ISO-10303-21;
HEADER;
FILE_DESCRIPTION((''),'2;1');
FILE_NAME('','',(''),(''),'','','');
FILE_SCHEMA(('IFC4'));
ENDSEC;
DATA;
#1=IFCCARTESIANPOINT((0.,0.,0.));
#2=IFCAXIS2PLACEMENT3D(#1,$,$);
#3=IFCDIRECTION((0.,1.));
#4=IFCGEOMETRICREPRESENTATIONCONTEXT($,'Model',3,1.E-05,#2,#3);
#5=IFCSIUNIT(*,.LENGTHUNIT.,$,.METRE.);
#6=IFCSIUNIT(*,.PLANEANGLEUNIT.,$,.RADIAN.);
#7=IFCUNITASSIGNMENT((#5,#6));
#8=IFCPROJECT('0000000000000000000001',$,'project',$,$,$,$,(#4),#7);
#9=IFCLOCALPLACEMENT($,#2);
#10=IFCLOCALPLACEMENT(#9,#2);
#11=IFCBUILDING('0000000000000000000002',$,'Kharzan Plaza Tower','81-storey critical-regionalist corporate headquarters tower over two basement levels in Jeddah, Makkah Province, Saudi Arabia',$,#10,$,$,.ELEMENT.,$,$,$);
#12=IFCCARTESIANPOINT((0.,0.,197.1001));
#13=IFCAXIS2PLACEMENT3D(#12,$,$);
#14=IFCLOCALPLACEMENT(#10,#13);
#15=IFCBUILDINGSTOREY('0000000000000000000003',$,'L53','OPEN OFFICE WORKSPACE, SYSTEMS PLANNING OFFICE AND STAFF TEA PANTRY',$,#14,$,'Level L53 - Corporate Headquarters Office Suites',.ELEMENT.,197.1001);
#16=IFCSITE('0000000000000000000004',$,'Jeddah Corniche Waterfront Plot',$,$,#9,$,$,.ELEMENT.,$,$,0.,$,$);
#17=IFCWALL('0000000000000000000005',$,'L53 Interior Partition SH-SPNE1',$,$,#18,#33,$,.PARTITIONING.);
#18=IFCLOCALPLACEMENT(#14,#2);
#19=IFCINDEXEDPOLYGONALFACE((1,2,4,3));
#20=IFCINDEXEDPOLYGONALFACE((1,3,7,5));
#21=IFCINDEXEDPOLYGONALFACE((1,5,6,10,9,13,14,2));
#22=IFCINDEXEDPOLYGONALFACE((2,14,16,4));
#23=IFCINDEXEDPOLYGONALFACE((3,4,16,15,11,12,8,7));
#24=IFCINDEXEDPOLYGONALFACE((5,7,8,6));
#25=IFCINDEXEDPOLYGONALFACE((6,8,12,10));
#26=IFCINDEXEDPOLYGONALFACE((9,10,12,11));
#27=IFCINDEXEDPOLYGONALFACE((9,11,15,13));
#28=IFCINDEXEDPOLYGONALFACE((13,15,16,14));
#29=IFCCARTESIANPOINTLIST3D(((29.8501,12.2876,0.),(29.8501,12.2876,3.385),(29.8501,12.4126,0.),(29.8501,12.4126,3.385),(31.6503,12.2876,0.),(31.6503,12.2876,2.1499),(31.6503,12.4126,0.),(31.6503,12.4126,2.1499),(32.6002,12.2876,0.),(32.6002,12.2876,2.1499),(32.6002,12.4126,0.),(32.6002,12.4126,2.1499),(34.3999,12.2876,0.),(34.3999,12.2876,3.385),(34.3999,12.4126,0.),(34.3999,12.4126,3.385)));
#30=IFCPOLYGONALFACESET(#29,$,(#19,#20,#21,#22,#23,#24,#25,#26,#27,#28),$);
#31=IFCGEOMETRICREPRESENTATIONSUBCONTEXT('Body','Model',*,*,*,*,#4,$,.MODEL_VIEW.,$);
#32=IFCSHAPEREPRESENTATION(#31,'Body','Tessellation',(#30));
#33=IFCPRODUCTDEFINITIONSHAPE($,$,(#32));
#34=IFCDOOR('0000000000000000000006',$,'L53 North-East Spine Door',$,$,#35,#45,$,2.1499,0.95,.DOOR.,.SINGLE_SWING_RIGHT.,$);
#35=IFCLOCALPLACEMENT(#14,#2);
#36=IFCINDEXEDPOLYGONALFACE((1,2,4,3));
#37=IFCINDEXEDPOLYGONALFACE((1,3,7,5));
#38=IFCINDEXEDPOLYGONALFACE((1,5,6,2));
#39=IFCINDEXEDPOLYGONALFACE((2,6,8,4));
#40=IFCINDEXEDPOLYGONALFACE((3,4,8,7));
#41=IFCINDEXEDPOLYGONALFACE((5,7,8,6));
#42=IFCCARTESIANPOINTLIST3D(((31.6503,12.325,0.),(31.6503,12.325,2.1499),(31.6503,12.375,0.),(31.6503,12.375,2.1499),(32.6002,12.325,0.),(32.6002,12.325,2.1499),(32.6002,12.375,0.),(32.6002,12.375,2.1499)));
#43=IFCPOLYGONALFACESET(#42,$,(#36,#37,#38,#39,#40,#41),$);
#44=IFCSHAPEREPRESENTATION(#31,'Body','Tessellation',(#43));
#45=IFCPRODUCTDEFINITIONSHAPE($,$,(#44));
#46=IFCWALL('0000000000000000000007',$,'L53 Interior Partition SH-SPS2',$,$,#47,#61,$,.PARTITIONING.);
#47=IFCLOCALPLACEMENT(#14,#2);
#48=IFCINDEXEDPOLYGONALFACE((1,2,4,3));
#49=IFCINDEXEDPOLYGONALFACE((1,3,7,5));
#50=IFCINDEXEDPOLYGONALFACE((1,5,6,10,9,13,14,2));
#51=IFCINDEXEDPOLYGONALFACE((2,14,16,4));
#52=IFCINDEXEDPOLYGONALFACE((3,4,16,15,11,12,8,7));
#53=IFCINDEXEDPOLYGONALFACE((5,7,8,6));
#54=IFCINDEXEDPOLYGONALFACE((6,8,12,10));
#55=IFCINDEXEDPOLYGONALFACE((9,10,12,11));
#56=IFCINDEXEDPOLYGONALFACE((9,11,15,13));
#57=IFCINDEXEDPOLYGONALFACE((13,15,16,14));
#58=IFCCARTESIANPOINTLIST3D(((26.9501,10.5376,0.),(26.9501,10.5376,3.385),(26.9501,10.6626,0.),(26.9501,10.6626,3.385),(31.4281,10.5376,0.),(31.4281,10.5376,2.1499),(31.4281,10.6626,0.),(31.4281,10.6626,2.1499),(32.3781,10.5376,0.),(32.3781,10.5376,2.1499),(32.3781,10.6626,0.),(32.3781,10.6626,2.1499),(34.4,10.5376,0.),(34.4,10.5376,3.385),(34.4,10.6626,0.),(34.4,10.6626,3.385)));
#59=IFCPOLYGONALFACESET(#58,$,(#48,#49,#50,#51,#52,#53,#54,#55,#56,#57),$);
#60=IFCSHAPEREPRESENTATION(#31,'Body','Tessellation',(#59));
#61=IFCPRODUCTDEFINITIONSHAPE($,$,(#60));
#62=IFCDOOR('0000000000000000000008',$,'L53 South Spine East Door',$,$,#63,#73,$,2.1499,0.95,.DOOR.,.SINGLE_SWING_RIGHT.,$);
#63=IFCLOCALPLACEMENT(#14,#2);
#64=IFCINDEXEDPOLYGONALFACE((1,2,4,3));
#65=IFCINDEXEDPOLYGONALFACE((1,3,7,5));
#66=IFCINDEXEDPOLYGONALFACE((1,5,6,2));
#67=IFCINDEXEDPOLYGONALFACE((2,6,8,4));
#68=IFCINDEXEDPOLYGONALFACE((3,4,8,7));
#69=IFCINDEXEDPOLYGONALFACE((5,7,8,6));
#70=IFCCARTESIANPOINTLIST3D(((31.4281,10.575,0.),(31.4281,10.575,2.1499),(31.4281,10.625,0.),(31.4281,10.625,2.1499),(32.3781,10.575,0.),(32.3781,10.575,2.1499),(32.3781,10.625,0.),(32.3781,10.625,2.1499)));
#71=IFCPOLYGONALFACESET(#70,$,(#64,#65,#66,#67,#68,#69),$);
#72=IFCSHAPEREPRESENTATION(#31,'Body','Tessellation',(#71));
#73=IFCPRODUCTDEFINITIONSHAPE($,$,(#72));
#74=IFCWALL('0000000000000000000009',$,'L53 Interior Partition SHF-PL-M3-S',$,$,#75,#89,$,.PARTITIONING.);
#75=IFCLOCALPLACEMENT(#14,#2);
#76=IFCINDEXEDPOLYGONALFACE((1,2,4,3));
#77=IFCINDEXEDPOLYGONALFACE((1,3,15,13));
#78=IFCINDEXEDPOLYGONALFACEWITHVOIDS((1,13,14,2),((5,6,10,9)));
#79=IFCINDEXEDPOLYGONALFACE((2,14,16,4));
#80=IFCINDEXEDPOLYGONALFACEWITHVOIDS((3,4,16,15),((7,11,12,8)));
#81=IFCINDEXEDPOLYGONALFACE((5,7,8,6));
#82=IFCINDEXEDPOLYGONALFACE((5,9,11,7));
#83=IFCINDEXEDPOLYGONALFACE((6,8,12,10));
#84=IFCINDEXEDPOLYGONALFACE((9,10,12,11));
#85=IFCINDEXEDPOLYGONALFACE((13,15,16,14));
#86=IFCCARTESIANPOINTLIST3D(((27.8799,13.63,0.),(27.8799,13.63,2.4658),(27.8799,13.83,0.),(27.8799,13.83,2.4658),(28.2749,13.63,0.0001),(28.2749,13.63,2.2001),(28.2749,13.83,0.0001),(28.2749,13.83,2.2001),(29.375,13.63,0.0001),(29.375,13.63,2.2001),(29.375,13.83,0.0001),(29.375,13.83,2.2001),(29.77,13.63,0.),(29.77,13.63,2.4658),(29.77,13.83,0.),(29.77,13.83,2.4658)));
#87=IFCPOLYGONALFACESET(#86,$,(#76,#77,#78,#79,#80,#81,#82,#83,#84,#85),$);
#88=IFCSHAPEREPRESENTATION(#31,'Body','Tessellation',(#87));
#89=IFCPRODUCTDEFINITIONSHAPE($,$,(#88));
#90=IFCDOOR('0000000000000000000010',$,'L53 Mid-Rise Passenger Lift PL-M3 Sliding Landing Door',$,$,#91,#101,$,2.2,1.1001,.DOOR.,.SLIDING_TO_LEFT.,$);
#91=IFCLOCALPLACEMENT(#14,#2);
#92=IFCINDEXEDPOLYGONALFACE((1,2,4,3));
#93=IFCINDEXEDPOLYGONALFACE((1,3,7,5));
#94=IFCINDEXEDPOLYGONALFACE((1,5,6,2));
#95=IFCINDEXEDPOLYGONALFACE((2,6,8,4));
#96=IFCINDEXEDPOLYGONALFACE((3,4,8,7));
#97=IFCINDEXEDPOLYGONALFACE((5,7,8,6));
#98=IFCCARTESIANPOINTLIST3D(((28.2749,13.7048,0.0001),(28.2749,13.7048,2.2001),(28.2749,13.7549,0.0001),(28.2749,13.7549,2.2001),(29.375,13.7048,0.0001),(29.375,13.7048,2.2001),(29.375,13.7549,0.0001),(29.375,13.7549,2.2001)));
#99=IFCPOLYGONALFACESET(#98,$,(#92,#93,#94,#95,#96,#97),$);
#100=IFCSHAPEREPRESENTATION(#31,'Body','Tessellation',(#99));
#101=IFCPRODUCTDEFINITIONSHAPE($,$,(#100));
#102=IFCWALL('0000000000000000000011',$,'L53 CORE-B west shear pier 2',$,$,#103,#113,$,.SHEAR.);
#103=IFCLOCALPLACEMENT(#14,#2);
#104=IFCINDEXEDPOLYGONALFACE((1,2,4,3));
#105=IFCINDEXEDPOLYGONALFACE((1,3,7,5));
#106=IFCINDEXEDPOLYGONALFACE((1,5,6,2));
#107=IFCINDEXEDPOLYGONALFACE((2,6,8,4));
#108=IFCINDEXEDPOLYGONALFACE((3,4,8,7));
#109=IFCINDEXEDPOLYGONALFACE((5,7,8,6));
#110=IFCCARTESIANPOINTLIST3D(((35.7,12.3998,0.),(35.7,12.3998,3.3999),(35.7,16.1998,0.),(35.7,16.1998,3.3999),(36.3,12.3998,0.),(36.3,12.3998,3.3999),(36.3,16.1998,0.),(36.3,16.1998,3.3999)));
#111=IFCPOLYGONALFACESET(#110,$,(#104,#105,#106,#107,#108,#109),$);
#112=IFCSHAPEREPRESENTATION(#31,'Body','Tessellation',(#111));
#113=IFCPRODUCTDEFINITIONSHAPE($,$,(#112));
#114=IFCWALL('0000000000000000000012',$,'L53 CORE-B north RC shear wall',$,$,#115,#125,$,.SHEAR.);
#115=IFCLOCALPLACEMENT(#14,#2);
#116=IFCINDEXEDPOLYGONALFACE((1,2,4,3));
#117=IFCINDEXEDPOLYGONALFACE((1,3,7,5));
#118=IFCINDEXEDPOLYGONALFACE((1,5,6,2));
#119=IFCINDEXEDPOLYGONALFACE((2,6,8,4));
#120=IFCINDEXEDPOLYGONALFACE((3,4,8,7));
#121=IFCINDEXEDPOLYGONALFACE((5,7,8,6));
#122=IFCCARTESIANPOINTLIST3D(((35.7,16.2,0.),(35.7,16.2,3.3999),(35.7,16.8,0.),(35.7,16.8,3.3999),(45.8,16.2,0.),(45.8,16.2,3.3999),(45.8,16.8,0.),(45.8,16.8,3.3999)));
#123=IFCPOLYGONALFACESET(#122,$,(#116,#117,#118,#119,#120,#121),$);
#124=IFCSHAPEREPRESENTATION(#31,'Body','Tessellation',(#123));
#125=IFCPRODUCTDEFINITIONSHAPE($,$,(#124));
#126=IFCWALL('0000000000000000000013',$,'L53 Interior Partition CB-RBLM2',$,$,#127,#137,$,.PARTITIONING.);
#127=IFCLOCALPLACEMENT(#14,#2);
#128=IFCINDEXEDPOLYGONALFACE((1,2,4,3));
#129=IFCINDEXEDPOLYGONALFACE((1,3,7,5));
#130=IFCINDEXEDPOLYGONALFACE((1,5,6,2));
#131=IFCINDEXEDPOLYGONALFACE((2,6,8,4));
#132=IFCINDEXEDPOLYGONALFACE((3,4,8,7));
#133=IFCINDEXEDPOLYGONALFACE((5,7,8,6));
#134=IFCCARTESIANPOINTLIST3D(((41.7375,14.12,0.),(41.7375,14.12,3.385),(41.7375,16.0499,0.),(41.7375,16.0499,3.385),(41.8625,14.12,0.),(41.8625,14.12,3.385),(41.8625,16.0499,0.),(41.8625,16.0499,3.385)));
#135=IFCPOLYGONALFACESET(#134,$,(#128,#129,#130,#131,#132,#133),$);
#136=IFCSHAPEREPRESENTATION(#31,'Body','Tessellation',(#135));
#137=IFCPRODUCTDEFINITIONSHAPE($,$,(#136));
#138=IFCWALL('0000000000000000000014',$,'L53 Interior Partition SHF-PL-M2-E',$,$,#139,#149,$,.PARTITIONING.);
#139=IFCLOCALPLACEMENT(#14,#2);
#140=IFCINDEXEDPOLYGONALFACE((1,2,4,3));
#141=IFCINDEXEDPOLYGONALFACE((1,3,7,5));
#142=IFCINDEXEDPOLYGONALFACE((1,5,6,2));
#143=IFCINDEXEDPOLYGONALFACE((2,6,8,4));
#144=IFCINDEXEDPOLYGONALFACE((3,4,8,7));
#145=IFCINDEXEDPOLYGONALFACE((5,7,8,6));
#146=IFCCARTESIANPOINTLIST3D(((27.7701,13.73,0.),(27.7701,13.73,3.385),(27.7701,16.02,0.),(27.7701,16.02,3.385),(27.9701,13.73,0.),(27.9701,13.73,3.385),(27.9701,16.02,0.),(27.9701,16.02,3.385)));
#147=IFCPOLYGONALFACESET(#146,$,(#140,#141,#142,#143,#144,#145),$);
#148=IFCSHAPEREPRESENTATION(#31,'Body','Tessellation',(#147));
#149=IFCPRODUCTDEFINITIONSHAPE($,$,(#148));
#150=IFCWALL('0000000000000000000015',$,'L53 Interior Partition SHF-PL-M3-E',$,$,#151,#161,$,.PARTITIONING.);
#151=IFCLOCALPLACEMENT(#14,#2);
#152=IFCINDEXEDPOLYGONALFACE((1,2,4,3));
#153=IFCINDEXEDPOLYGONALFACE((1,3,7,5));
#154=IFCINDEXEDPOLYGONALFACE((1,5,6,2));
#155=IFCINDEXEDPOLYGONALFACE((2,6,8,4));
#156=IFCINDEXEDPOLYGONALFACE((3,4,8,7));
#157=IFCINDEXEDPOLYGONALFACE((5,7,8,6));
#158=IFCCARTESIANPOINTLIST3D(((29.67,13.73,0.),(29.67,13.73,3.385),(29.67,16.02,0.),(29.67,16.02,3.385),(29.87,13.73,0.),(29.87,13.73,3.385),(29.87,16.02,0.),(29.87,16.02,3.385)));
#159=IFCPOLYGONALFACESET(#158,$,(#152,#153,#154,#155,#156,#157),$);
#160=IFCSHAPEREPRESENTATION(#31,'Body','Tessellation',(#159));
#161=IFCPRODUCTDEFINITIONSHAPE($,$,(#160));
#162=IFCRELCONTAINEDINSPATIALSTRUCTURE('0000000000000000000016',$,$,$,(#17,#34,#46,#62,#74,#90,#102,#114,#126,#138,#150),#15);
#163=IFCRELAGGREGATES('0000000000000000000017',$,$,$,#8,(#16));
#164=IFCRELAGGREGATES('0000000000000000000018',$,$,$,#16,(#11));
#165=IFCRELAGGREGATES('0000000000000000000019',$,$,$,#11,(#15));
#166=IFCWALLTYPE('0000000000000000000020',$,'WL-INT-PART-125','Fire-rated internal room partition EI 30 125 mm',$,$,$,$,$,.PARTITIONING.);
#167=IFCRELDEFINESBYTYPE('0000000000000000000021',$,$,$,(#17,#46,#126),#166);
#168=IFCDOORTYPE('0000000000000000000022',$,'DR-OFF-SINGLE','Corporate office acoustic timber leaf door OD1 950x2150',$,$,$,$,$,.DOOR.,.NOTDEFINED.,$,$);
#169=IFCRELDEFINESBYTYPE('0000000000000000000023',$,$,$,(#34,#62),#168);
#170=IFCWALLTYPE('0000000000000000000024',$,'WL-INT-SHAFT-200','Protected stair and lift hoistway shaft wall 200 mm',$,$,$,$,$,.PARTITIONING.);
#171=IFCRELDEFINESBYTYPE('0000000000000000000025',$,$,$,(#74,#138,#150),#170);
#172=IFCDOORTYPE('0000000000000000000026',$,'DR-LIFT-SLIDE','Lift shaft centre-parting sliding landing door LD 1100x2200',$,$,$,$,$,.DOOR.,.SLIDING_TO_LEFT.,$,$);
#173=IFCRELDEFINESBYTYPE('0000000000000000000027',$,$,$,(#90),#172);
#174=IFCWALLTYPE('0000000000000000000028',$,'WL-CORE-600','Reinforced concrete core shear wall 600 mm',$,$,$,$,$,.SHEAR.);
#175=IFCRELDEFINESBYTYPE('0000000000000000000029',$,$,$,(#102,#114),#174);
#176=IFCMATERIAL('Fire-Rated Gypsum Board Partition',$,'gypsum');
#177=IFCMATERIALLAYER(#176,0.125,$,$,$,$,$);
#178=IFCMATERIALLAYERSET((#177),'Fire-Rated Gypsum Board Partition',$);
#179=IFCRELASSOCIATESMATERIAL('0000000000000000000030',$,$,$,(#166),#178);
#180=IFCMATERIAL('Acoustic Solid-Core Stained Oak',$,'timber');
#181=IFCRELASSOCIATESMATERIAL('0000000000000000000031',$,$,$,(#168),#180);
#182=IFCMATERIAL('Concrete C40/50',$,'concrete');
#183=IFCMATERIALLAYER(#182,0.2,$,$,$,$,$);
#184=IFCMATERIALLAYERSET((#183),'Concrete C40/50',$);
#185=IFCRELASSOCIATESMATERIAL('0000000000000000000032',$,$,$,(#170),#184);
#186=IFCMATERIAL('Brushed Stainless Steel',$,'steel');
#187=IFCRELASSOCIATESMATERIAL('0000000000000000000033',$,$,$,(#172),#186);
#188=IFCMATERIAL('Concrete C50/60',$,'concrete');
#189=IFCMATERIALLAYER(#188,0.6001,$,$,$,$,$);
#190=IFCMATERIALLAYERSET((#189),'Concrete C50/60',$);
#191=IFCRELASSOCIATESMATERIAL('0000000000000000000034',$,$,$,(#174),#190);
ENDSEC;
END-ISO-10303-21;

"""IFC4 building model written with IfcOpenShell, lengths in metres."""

from ifc_helpers import new_model, si_unit, direction, frame, frame_2d, origin, place, context, subcontext, project, spatial, rectangle, extrude, source, transform, mapped, material, layer, layer_set, type_object, element, fill, save


model = new_model("IFC4")

# Units and contexts
model_context = context("Model", 3, precision=1e-05, world=origin(), true_north=direction((0.0, 1.0)))
body_context = subcontext(model_context, "Body", "Model", "MODEL_VIEW")
ifc_project = project(units=[si_unit("LENGTHUNIT", "METRE"), si_unit("PLANEANGLEUNIT", "RADIAN")], contexts=[model_context])

# Site, building, storey
site_placement = place(None, origin())
site = spatial("IfcSite", under=ifc_project, at=site_placement, Name="Jeddah Corniche Waterfront Plot", CompositionType="ELEMENT", RefElevation=0.0)
building_placement = place(site_placement, origin())
building = spatial("IfcBuilding", under=site, at=building_placement, Name="Kharzan Plaza Tower", Description="81-storey critical-regionalist corporate headquarters tower over two basement levels in Jeddah, Makkah Province, Saudi Arabia", CompositionType="ELEMENT")
storey_placement = place(building_placement, frame((0.0, 0.0, 197.1001)))
storey = spatial("IfcBuildingStorey", under=building, at=storey_placement, Name="L53", Description="OPEN OFFICE WORKSPACE, SYSTEMS PLANNING OFFICE AND STAFF TEA PANTRY", LongName="Level L53 - Corporate Headquarters Office Suites", CompositionType="ELEMENT", Elevation=197.1001)

# Shared definitions
ifc_material_1 = material(Name="Concrete C50/60", Category="concrete")

# Shared definitions
ifc_material_2 = material(Name="Concrete C40/50", Category="concrete")

# Walls, openings, doors
ifc_material_3 = material(Name="Fire-Rated Gypsum Board Partition", Category="gypsum")
ifc_layer_1 = layer(ifc_material_3, 0.125)
ifc_layer_set_1 = layer_set([ifc_layer_1], Name="Fire-Rated Gypsum Board Partition")
wall_type_1 = type_object("IfcWallType", Name="WL-INT-PART-125", Description="Fire-rated internal room partition EI 30 125 mm", PredefinedType="PARTITIONING", material=ifc_layer_set_1)
ifc_material_4 = material(Name="Acoustic Solid-Core Stained Oak", Category="timber")
door_type_1 = type_object("IfcDoorType", Name="DR-OFF-SINGLE", Description="Corporate office acoustic timber leaf door OD1 950x2150", OperationType="NOTDEFINED", PredefinedType="DOOR", material=ifc_material_4)
shared_shape_1 = source(origin(), body_context, "Body", "SweptSolid", [
    extrude(rectangle(XDim=0.95, YDim=2.1499, at=frame_2d((0.4751, 1.075))), frame((0.0, 0.0249, 0.0), z_axis=(0.0, -1.0, 0.0), x_axis=(1.0, 0.0, 0.0)), (0.0, 0.0, 1.0), 0.05),
])
wall_1_placement = place(storey_placement, frame((29.8501, 12.3501, 0.0), z_axis=(0.0, 0.0, 1.0), x_axis=(1.0, 0.0, 0.0)))
wall_1 = element("IfcWall", 1, at=wall_1_placement, inside=storey, type_object=wall_type_1, Name="L53 Interior Partition SH-SPNE1", PredefinedType="PARTITIONING", context=body_context, shape_type="SweptSolid", body=[
    extrude(rectangle(XDim=4.5498, YDim=0.125, at=frame_2d((2.2749, 0.0))), origin(), (0.0, 0.0, 1.0), 3.385),
])
opening_1_placement = place(wall_1_placement, frame((1.8, 0.0, 0.0)))
opening_1 = element("IfcOpeningElement", 2, at=opening_1_placement, cuts=wall_1, PredefinedType="OPENING", context=body_context, shape_type="SweptSolid", body=[
    extrude(rectangle(XDim=0.95, YDim=2.1499, at=frame_2d((0.4751, 1.075))), frame((0.0, 0.0725, 0.0), z_axis=(0.0, -1.0, 0.0), x_axis=(1.0, 0.0, 0.0)), (0.0, 0.0, 1.0), 0.145),
])
door_1_placement = place(opening_1_placement, origin())
door_1 = element("IfcDoor", 3, at=door_1_placement, inside=storey, type_object=door_type_1, Name="L53 North-East Spine Door", OperationType="SINGLE_SWING_RIGHT", OverallHeight=2.1499, OverallWidth=0.95, PredefinedType="DOOR", context=body_context, shape_type="MappedRepresentation", body=[
    mapped(shared_shape_1, transform((0.0, 0.0, 0.0), x_axis=(1.0, 0.0, 0.0), y_axis=(0.0, 1.0, 0.0), z_axis=(0.0, 0.0, 1.0))),
])
fill(opening_1, door_1)
wall_2_placement = place(storey_placement, frame((26.95, 10.6001, 0.0), z_axis=(0.0, 0.0, 1.0), x_axis=(1.0, 0.0, 0.0)))
wall_2 = element("IfcWall", 4, at=wall_2_placement, inside=storey, type_object=wall_type_1, Name="L53 Interior Partition SH-SPS2", PredefinedType="PARTITIONING", context=body_context, shape_type="SweptSolid", body=[
    extrude(rectangle(XDim=7.45, YDim=0.125, at=frame_2d((3.7251, 0.0))), origin(), (0.0, 0.0, 1.0), 3.385),
])
opening_2_placement = place(wall_2_placement, frame((4.478, 0.0, 0.0)))
opening_2 = element("IfcOpeningElement", 5, at=opening_2_placement, cuts=wall_2, PredefinedType="OPENING", context=body_context, shape_type="SweptSolid", body=[
    extrude(rectangle(XDim=0.95, YDim=2.1499, at=frame_2d((0.4751, 1.075))), frame((0.0, 0.0725, 0.0), z_axis=(0.0, -1.0, 0.0), x_axis=(1.0, 0.0, 0.0)), (0.0, 0.0, 1.0), 0.145),
])
door_2_placement = place(opening_2_placement, origin())
door_2 = element("IfcDoor", 6, at=door_2_placement, inside=storey, type_object=door_type_1, Name="L53 South Spine East Door", OperationType="SINGLE_SWING_RIGHT", OverallHeight=2.1499, OverallWidth=0.95, PredefinedType="DOOR", context=body_context, shape_type="MappedRepresentation", body=[
    mapped(shared_shape_1, transform((0.0, 0.0, 0.0), x_axis=(1.0, 0.0, 0.0), y_axis=(0.0, 1.0, 0.0), z_axis=(0.0, 0.0, 1.0))),
])
fill(opening_2, door_2)
ifc_layer_2 = layer(ifc_material_2, 0.2)
ifc_layer_set_2 = layer_set([ifc_layer_2], Name="Concrete C40/50")
wall_type_2 = type_object("IfcWallType", Name="WL-INT-SHAFT-200", Description="Protected stair and lift hoistway shaft wall 200 mm", PredefinedType="PARTITIONING", material=ifc_layer_set_2)
wall_3_placement = place(storey_placement, frame((27.8799, 13.73, 0.0), z_axis=(0.0, 0.0, 1.0), x_axis=(1.0, 0.0, 0.0)))
wall_3 = element("IfcWall", 7, at=wall_3_placement, inside=storey, type_object=wall_type_2, Name="L53 Interior Partition SHF-PL-M3-S", PredefinedType="PARTITIONING", context=body_context, shape_type="SweptSolid", body=[
    extrude(rectangle(XDim=1.8901, YDim=0.2, at=frame_2d((0.9451, 0.0))), origin(), (0.0, 0.0, 1.0), 2.4658),
])
opening_3_placement = place(wall_3_placement, frame((0.395, 0.0, 0.0)))
opening_3 = element("IfcOpeningElement", 8, at=opening_3_placement, cuts=wall_3, PredefinedType="OPENING", context=body_context, shape_type="SweptSolid", body=[
    extrude(rectangle(XDim=1.1001, YDim=2.2, at=frame_2d((0.55, 1.1001))), frame((0.0, 0.1099, 0.0), z_axis=(0.0, -1.0, 0.0), x_axis=(1.0, 0.0, 0.0)), (0.0, 0.0, 1.0), 0.22),
])
ifc_material_5 = material(Name="Brushed Stainless Steel", Category="steel")
door_type_2 = type_object("IfcDoorType", Name="DR-LIFT-SLIDE", Description="Lift shaft centre-parting sliding landing door LD 1100x2200", OperationType="SLIDING_TO_LEFT", PredefinedType="DOOR", material=ifc_material_5)
shared_shape_2 = source(origin(), body_context, "Body", "SweptSolid", [
    extrude(rectangle(XDim=1.1001, YDim=2.2, at=frame_2d((0.55, 1.1001))), frame((0.0, 0.0249, 0.0), z_axis=(0.0, -1.0, 0.0), x_axis=(1.0, 0.0, 0.0)), (0.0, 0.0, 1.0), 0.05),
])
door_3_placement = place(opening_3_placement, origin())
door_3 = element("IfcDoor", 9, at=door_3_placement, inside=storey, type_object=door_type_2, Name="L53 Mid-Rise Passenger Lift PL-M3 Sliding Landing Door", OperationType="SLIDING_TO_LEFT", OverallHeight=2.2, OverallWidth=1.1001, PredefinedType="DOOR", context=body_context, shape_type="MappedRepresentation", body=[
    mapped(shared_shape_2, transform((0.0, 0.0, 0.0), x_axis=(1.0, 0.0, 0.0), y_axis=(0.0, 1.0, 0.0), z_axis=(0.0, 0.0, 1.0))),
])
fill(opening_3, door_3)

# Walls
ifc_layer_3 = layer(ifc_material_1, 0.6001)
ifc_layer_set_3 = layer_set([ifc_layer_3], Name="Concrete C50/60")
wall_type_3 = type_object("IfcWallType", Name="WL-CORE-600", Description="Reinforced concrete core shear wall 600 mm", PredefinedType="SHEAR", material=ifc_layer_set_3)
shared_shape_3 = source(origin(), body_context, "Body", "SweptSolid", [
    extrude(rectangle(XDim=3.8, YDim=0.6001, at=frame_2d((1.8999, 0.0))), origin(), (0.0, 0.0, 1.0), 3.3999),
])
wall_4_placement = place(storey_placement, frame((36.0, 12.3999, 0.0), z_axis=(0.0, 0.0, 1.0), x_axis=(0.0, 1.0, 0.0)))
element("IfcWall", 10, at=wall_4_placement, inside=storey, type_object=wall_type_3, Name="L53 CORE-B west shear pier 2", PredefinedType="SHEAR", context=body_context, shape_type="MappedRepresentation", body=[
    mapped(shared_shape_3, transform((0.0, 0.0, 0.0), x_axis=(1.0, 0.0, 0.0), y_axis=(0.0, 1.0, 0.0), z_axis=(0.0, 0.0, 1.0))),
])
shared_shape_4 = source(origin(), body_context, "Body", "SweptSolid", [
    extrude(rectangle(XDim=10.1001, YDim=0.6001, at=frame_2d((5.05, 0.0))), origin(), (0.0, 0.0, 1.0), 3.3999),
])
wall_5_placement = place(storey_placement, frame((35.7, 16.5, 0.0), z_axis=(0.0, 0.0, 1.0), x_axis=(1.0, 0.0, 0.0)))
element("IfcWall", 11, at=wall_5_placement, inside=storey, type_object=wall_type_3, Name="L53 CORE-B north RC shear wall", PredefinedType="SHEAR", context=body_context, shape_type="MappedRepresentation", body=[
    mapped(shared_shape_4, transform((0.0, 0.0, 0.0), x_axis=(1.0, 0.0, 0.0), y_axis=(0.0, 1.0, 0.0), z_axis=(0.0, 0.0, 1.0))),
])
shared_shape_5 = source(origin(), body_context, "Body", "SweptSolid", [
    extrude(rectangle(XDim=1.9299, YDim=0.125, at=frame_2d((0.9648, 0.0))), origin(), (0.0, 0.0, 1.0), 3.385),
])
wall_6_placement = place(storey_placement, frame((41.8, 14.1201, 0.0), z_axis=(0.0, 0.0, 1.0), x_axis=(0.0, 1.0, 0.0)))
element("IfcWall", 12, at=wall_6_placement, inside=storey, type_object=wall_type_1, Name="L53 Interior Partition CB-RBLM2", PredefinedType="PARTITIONING", context=body_context, shape_type="MappedRepresentation", body=[
    mapped(shared_shape_5, transform((0.0, 0.0, 0.0), x_axis=(1.0, 0.0, 0.0), y_axis=(0.0, 1.0, 0.0), z_axis=(0.0, 0.0, 1.0))),
])
shared_shape_6 = source(origin(), body_context, "Body", "SweptSolid", [
    extrude(rectangle(XDim=2.29, YDim=0.2, at=frame_2d((1.145, 0.0))), origin(), (0.0, 0.0, 1.0), 3.385),
])
for number, where, z_axis, x_axis, name in (
    (13, (27.8701, 13.73, 0.0), (0.0, 0.0, 1.0), (0.0, 1.0, 0.0), "L53 Interior Partition SHF-PL-M2-E"),
    (14, (29.77, 13.73, 0.0), (0.0, 0.0, 1.0), (0.0, 1.0, 0.0), "L53 Interior Partition SHF-PL-M3-E"),
):
    element("IfcWall", number, at=place(storey_placement, frame(where, z_axis=z_axis, x_axis=x_axis)), inside=storey, type_object=wall_type_2, Name=name, PredefinedType="PARTITIONING", context=body_context, shape_type="MappedRepresentation", body=[
        mapped(shared_shape_6, transform((0.0, 0.0, 0.0), x_axis=(1.0, 0.0, 0.0), y_axis=(0.0, 1.0, 0.0), z_axis=(0.0, 0.0, 1.0))),
    ])

save(model, "model.ifc")
